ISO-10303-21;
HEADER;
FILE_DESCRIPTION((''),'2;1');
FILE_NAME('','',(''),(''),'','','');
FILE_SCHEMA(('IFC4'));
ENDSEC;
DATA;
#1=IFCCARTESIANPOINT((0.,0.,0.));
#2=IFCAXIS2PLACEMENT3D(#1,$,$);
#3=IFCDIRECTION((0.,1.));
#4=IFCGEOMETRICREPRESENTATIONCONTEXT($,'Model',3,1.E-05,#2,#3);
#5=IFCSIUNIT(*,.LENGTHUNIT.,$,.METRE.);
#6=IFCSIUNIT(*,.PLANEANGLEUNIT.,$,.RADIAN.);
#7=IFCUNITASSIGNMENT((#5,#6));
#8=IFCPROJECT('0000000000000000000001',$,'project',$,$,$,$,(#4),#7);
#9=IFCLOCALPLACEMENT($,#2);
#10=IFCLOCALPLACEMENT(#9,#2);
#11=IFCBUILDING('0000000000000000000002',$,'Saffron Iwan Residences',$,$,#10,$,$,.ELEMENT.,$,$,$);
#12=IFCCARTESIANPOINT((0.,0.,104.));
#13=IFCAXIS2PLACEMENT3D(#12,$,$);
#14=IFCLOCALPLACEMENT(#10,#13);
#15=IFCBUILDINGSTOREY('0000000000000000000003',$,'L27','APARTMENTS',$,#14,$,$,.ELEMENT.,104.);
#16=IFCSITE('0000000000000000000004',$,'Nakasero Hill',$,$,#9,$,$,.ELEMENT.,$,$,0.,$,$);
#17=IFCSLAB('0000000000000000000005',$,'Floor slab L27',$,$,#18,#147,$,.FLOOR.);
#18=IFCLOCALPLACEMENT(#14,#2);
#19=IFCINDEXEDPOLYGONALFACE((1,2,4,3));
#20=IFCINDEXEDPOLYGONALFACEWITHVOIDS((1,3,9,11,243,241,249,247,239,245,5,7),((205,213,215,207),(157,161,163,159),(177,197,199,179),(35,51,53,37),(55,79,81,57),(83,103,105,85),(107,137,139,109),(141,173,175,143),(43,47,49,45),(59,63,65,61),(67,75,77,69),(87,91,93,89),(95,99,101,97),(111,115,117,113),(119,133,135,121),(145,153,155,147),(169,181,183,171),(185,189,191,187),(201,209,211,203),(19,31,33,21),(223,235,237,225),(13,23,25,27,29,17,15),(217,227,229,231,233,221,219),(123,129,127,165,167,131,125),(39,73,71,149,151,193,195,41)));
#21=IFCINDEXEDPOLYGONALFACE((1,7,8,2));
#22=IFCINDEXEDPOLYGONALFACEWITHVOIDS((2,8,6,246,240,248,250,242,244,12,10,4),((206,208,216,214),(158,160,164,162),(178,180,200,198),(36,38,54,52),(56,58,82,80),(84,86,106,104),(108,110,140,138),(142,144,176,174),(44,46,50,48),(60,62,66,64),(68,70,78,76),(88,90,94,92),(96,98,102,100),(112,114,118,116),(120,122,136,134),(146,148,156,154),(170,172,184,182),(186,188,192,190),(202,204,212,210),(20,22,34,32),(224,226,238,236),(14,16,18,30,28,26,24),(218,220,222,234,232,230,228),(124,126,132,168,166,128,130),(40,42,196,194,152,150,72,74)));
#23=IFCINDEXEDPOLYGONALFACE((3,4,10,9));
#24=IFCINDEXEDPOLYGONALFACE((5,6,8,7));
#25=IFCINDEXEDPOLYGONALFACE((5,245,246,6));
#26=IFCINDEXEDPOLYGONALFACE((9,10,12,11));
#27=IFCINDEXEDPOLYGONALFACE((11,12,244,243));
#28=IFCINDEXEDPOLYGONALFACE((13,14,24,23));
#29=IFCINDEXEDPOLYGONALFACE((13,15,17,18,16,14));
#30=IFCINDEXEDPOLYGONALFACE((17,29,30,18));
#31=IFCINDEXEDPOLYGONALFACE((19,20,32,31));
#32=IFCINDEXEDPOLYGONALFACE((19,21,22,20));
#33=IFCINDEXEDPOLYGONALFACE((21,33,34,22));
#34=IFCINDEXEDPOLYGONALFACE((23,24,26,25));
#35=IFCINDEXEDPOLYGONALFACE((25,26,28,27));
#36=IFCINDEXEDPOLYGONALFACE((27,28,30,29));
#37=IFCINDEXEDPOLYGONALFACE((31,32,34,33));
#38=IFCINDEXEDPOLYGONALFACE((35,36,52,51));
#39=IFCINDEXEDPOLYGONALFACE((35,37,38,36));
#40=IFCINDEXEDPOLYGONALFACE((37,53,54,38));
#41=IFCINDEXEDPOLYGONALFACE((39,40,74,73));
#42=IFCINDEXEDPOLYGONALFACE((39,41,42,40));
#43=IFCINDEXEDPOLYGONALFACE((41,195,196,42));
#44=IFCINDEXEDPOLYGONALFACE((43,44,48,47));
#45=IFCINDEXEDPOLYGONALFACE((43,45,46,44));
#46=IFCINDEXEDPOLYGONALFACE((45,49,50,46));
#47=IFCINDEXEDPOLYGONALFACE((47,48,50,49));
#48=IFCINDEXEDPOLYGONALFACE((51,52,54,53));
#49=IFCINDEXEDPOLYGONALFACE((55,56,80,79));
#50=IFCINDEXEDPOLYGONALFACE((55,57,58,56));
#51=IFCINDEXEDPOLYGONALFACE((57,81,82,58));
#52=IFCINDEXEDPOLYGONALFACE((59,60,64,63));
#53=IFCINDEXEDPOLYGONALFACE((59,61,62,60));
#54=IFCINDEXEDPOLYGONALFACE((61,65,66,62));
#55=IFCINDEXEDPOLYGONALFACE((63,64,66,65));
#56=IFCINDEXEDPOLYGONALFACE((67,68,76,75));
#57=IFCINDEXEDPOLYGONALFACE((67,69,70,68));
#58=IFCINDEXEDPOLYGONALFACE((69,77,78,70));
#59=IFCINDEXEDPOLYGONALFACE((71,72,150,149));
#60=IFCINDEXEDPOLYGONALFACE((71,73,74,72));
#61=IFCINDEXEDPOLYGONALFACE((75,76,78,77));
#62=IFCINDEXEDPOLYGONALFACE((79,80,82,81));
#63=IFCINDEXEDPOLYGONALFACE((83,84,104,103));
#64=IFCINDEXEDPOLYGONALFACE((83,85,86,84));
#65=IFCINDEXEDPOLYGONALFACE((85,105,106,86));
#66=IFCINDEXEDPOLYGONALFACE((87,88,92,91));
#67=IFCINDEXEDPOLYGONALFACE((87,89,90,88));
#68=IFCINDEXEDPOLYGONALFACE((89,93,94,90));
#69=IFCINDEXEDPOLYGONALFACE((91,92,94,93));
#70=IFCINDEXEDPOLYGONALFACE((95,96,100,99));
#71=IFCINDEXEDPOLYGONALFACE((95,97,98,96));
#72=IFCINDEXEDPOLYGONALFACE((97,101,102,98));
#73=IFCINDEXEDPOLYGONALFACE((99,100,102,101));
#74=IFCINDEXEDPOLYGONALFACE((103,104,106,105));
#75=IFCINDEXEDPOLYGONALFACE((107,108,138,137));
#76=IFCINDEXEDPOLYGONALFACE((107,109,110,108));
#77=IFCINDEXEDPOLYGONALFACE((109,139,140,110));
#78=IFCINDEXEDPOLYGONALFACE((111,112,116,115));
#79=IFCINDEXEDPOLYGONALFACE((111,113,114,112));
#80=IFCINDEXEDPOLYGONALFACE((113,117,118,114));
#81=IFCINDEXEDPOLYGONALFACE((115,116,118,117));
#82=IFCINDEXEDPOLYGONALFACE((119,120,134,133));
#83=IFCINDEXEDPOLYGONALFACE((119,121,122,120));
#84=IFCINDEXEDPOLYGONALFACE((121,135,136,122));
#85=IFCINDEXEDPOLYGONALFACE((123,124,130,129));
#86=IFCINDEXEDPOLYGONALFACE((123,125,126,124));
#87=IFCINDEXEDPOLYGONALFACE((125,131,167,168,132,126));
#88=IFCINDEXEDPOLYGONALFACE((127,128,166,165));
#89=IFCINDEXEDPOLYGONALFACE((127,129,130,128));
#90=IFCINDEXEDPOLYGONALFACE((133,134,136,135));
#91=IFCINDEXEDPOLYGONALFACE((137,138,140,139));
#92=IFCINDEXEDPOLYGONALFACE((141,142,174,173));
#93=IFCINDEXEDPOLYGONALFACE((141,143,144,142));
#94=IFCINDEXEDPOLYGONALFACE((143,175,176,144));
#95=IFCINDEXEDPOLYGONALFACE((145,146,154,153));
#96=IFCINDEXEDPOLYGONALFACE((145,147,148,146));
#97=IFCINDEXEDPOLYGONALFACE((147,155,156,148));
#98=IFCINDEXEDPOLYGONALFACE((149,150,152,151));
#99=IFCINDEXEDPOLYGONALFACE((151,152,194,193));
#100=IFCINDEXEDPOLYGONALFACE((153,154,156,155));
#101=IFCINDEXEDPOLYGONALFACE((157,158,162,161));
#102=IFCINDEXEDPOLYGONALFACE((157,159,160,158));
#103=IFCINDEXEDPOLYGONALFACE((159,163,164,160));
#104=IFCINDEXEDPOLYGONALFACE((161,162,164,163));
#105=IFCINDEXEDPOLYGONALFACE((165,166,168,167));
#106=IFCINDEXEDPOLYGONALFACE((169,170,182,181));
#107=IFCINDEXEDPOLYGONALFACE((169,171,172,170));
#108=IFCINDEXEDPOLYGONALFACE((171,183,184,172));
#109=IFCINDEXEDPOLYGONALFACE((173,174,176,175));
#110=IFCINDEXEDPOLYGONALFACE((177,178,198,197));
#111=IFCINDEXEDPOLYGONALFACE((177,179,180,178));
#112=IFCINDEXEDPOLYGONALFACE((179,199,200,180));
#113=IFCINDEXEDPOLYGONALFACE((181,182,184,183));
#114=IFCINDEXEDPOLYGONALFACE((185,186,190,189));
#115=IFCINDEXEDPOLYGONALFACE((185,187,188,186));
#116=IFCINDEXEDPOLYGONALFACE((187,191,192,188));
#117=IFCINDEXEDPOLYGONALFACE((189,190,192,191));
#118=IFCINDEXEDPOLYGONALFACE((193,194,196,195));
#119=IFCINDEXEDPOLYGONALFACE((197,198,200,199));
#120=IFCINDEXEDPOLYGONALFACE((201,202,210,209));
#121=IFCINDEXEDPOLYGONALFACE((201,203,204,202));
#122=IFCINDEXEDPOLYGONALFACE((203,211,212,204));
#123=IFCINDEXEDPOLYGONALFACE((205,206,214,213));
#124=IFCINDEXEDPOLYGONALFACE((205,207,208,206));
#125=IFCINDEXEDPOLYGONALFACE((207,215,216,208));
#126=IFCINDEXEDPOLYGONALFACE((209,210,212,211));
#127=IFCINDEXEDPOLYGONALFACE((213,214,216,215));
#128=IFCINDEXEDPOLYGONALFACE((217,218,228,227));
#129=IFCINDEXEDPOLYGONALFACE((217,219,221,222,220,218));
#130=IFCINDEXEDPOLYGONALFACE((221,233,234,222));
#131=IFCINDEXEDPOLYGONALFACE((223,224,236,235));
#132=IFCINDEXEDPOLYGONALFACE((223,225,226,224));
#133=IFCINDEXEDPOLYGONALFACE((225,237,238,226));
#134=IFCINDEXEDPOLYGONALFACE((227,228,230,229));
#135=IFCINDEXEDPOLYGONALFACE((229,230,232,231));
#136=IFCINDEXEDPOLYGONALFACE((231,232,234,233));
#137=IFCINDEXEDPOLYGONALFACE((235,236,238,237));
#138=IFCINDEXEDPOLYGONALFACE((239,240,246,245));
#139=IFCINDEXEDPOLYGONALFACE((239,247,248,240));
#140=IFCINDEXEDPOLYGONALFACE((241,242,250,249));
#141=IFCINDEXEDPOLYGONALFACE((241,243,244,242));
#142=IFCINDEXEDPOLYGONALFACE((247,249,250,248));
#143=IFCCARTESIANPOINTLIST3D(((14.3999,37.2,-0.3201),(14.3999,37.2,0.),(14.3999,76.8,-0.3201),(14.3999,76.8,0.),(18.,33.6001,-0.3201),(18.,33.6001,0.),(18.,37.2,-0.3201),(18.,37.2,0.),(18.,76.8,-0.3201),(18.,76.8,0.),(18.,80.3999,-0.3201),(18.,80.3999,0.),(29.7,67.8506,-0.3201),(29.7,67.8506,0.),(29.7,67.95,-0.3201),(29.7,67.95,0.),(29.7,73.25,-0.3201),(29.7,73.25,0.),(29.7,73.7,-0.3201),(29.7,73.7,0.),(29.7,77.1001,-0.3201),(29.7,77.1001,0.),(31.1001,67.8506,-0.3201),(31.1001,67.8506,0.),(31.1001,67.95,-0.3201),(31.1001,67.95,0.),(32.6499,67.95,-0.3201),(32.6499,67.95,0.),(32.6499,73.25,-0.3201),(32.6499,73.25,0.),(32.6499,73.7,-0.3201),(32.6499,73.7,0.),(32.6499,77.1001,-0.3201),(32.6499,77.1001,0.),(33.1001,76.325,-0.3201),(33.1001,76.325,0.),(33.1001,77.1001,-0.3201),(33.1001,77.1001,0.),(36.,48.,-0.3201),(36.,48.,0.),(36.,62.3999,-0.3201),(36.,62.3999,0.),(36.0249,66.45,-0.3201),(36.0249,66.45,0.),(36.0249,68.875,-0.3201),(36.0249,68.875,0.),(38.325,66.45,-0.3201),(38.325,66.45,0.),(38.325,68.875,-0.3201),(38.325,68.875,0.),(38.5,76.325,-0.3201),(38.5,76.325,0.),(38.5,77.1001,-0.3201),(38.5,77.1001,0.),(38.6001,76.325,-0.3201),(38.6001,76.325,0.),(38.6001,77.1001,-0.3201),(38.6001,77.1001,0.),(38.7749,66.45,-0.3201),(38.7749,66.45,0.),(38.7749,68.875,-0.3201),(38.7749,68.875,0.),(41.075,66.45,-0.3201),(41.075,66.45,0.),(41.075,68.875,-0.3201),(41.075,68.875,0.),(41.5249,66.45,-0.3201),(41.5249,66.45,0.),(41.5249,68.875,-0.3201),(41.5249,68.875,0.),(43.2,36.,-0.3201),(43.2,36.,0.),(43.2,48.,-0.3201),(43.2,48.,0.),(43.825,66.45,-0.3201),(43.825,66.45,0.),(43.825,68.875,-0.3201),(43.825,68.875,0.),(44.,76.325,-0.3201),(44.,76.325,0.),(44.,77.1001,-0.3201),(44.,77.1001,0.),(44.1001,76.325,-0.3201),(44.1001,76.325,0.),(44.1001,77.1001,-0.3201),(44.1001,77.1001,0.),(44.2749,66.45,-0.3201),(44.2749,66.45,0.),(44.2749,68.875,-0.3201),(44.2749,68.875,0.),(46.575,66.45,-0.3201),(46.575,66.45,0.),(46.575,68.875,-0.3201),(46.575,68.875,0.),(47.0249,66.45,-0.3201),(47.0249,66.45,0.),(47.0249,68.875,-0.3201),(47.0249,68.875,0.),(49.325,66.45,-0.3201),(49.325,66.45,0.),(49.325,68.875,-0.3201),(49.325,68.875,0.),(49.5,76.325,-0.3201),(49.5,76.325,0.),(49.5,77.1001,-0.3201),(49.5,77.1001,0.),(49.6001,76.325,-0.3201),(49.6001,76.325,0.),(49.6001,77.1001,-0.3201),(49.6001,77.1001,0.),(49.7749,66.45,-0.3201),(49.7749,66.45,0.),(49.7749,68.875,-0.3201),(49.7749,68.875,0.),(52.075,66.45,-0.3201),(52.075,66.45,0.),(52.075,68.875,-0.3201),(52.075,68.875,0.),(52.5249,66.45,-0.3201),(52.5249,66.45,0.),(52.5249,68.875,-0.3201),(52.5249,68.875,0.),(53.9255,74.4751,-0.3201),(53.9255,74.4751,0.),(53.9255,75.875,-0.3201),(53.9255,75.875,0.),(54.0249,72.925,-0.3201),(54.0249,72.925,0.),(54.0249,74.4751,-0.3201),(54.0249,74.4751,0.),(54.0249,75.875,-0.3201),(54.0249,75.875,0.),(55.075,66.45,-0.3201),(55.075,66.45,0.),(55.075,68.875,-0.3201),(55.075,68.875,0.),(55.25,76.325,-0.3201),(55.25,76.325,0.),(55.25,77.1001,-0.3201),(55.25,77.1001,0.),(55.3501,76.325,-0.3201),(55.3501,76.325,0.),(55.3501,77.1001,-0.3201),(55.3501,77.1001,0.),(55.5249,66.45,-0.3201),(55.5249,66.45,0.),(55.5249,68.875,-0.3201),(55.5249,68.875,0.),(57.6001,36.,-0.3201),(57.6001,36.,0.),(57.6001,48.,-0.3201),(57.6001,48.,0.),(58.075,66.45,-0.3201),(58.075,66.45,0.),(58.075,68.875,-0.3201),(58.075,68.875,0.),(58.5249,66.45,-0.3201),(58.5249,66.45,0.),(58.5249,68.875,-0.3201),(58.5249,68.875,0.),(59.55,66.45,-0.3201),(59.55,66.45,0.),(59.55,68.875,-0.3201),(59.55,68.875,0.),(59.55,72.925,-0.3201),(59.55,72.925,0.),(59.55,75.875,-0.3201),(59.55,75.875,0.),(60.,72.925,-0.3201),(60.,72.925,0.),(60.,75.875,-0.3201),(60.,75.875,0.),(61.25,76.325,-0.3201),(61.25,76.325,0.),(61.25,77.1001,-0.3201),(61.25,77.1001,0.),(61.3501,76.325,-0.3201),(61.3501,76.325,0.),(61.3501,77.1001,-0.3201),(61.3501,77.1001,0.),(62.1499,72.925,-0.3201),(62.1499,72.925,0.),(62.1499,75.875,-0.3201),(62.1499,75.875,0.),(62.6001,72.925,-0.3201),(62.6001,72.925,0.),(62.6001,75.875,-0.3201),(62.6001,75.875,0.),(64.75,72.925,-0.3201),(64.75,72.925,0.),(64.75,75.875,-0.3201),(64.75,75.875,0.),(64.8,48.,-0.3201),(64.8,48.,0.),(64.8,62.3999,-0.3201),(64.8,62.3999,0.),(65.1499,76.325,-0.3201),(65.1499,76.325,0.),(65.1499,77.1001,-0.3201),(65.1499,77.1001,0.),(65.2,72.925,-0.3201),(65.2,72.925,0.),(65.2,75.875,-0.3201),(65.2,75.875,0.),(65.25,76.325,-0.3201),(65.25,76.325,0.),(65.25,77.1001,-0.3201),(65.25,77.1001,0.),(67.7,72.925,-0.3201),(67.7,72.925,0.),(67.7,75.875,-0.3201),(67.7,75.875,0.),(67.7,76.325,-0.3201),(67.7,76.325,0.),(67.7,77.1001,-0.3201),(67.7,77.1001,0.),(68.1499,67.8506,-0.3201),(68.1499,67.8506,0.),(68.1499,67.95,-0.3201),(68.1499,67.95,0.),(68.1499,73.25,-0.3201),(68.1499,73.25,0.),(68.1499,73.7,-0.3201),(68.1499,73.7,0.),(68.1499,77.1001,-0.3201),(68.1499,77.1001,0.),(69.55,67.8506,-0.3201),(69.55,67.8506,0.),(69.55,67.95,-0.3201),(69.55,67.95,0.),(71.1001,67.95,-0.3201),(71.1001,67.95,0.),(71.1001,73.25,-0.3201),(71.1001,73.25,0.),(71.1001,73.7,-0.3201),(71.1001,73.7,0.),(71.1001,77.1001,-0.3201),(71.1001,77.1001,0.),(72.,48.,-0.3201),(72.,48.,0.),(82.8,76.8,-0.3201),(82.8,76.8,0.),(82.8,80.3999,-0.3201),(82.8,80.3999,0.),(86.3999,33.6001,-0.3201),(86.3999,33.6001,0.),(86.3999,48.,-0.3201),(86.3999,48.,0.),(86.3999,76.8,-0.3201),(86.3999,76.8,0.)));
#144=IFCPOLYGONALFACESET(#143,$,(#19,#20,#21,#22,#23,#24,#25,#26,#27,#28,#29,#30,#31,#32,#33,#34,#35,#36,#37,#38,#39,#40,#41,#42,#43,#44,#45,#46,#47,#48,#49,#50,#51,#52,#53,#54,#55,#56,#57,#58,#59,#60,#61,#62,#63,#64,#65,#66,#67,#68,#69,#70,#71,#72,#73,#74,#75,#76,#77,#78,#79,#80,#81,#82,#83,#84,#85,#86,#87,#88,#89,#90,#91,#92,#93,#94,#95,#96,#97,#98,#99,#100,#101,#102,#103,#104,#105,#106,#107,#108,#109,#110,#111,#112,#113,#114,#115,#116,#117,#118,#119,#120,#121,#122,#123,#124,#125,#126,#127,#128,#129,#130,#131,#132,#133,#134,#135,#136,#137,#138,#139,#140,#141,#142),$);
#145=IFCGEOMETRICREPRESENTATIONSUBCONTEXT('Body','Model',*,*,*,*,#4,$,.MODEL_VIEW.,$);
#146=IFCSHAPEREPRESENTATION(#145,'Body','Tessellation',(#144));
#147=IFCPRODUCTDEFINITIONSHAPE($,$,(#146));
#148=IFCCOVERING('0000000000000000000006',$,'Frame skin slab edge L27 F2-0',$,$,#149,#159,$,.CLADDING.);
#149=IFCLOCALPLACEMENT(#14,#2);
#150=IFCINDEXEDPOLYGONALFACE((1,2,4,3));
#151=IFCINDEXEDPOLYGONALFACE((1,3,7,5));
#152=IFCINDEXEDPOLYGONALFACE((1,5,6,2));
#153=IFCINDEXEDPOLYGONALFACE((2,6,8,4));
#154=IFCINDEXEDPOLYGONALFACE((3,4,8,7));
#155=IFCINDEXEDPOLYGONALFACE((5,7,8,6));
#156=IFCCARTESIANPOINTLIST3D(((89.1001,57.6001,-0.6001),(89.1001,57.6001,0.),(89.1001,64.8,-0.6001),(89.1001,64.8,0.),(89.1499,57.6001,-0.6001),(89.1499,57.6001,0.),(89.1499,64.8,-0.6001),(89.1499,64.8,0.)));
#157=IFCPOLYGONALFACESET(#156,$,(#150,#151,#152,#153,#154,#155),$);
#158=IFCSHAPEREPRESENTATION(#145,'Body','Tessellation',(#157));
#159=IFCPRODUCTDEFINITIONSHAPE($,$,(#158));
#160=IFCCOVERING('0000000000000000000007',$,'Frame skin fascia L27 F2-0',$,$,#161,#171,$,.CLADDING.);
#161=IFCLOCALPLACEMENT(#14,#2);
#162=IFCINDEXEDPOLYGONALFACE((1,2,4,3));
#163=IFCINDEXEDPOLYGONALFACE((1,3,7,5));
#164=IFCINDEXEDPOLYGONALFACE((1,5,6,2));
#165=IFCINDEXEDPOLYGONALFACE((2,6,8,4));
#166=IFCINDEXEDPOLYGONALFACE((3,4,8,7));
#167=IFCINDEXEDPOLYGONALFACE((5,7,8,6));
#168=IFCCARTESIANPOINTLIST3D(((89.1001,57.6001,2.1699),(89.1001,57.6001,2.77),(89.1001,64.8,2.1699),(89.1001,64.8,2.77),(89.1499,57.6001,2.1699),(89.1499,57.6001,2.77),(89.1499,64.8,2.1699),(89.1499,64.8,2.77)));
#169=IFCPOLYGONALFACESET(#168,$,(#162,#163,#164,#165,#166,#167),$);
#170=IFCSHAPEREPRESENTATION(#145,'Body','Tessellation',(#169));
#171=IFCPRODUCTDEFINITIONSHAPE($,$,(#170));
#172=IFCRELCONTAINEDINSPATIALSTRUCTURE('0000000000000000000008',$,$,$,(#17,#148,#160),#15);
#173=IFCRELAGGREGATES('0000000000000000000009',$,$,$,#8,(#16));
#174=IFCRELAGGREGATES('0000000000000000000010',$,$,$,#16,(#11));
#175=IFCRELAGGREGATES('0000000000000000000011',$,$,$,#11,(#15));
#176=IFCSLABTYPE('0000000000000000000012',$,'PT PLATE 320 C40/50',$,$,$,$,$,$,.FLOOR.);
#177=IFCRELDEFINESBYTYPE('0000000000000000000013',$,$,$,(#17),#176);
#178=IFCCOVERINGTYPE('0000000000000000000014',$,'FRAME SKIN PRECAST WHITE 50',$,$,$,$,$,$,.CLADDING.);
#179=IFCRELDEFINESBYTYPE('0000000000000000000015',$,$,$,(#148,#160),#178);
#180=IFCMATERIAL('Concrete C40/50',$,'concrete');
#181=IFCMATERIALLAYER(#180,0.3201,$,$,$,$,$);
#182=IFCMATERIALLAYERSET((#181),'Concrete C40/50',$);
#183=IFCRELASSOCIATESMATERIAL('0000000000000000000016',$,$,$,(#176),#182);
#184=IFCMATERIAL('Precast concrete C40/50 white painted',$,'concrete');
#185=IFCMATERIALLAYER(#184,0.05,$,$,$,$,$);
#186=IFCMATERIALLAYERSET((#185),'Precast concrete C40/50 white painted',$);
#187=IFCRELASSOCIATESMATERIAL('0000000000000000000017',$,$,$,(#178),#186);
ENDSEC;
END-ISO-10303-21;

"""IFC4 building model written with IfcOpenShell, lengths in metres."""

from ifc_helpers import new_model, si_unit, direction, frame, origin, place, context, subcontext, project, spatial, polyline, outline, extrude, material, layer, layer_set, type_object, element, save


model = new_model("IFC4")

# Units and contexts
model_context = context("Model", 3, precision=1e-05, world=origin(), true_north=direction((0.0, 1.0)))
body_context = subcontext(model_context, "Body", "Model", "MODEL_VIEW")
ifc_project = project(units=[si_unit("LENGTHUNIT", "METRE"), si_unit("PLANEANGLEUNIT", "RADIAN")], contexts=[model_context])

# Site, building, storey
site_placement = place(None, origin())
site = spatial("IfcSite", under=ifc_project, at=site_placement, Name="Nakasero Hill", CompositionType="ELEMENT", RefElevation=0.0)
building_placement = place(site_placement, origin())
building = spatial("IfcBuilding", under=site, at=building_placement, Name="Saffron Iwan Residences", CompositionType="ELEMENT")
storey_placement = place(building_placement, frame((0.0, 0.0, 104.0)))
storey = spatial("IfcBuildingStorey", under=building, at=storey_placement, Name="L27", Description="APARTMENTS", CompositionType="ELEMENT", Elevation=104.0)

# Slab
ifc_material_1 = material(Name="Concrete C40/50", Category="concrete")
ifc_layer_1 = layer(ifc_material_1, 0.3201)
ifc_layer_set_1 = layer_set([ifc_layer_1], Name="Concrete C40/50")
slab_type_1 = type_object("IfcSlabType", Name="PT PLATE 320 C40/50", PredefinedType="FLOOR", material=ifc_layer_set_1)
slab_1_placement = place(storey_placement, frame((0.0, 0.0, -0.3201)))
element("IfcSlab", 1, at=slab_1_placement, inside=storey, type_object=slab_type_1, Name="Floor slab L27", PredefinedType="FLOOR", context=body_context, shape_type="SweptSolid", body=[
    extrude(outline(polyline([(14.3999, 37.2), (14.3999, 76.8), (18.0, 76.8), (18.0, 80.3999), (82.8, 80.3999), (82.8, 76.8), (86.3999, 76.8), (86.3999, 48.0), (72.0, 48.0), (86.3999, 33.6001), (18.0, 33.6001), (18.0, 37.2), (14.3999, 37.2)]), holes=[polyline([(64.8, 48.0), (64.8, 62.3999), (36.0, 62.3999), (36.0, 48.0), (43.2, 48.0), (43.2, 36.0), (57.6001, 36.0), (57.6001, 48.0), (64.8, 48.0)]), polyline([(38.325, 68.875), (36.0249, 68.875), (36.0249, 66.45), (38.325, 66.45), (38.325, 68.875)]), polyline([(41.075, 66.45), (41.075, 68.875), (38.7749, 68.875), (38.7749, 66.45), (41.075, 66.45)]), polyline([(43.825, 66.45), (43.825, 68.875), (41.5249, 68.875), (41.5249, 66.45), (43.825, 66.45)]), polyline([(46.575, 68.875), (44.2749, 68.875), (44.2749, 66.45), (46.575, 66.45), (46.575, 68.875)]), polyline([(49.325, 66.45), (49.325, 68.875), (47.0249, 68.875), (47.0249, 66.45), (49.325, 66.45)]), polyline([(52.075, 66.45), (52.075, 68.875), (49.7749, 68.875), (49.7749, 66.45), (52.075, 66.45)]), polyline([(29.7, 73.25), (29.7, 67.95), (29.7, 67.8506), (31.1001, 67.8506), (31.1001, 67.95), (32.6499, 67.95), (32.6499, 73.25), (29.7, 73.25)]), polyline([(32.6499, 73.7), (32.6499, 77.1001), (29.7, 77.1001), (29.7, 73.7), (32.6499, 73.7)]), polyline([(38.5, 76.325), (38.5, 77.1001), (33.1001, 77.1001), (33.1001, 76.325), (38.5, 76.325)]), polyline([(44.0, 77.1001), (38.6001, 77.1001), (38.6001, 76.325), (44.0, 76.325), (44.0, 77.1001)]), polyline([(49.5, 76.325), (49.5, 77.1001), (44.1001, 77.1001), (44.1001, 76.325), (49.5, 76.325)]), polyline([(55.25, 76.325), (55.25, 77.1001), (49.6001, 77.1001), (49.6001, 76.325), (55.25, 76.325)]), polyline([(55.075, 68.875), (52.5249, 68.875), (52.5249, 66.45), (55.075, 66.45), (55.075, 68.875)]), polyline([(58.075, 66.45), (58.075, 68.875), (55.5249, 68.875), (55.5249, 66.45), (58.075, 66.45)]), polyline([(59.55, 66.45), (59.55, 68.875), (58.5249, 68.875), (58.5249, 66.45), (59.55, 66.45)]), polyline([(68.1499, 73.25), (68.1499, 67.95), (68.1499, 67.8506), (69.55, 67.8506), (69.55, 67.95), (71.1001, 67.95), (71.1001, 73.25), (68.1499, 73.25)]), polyline([(53.9255, 74.4751), (54.0249, 74.4751), (54.0249, 72.925), (59.55, 72.925), (59.55, 75.875), (54.0249, 75.875), (53.9255, 75.875), (53.9255, 74.4751)]), polyline([(62.1499, 72.925), (62.1499, 75.875), (60.0, 75.875), (60.0, 72.925), (62.1499, 72.925)]), polyline([(64.75, 75.875), (62.6001, 75.875), (62.6001, 72.925), (64.75, 72.925), (64.75, 75.875)]), polyline([(67.7, 72.925), (67.7, 75.875), (65.2, 75.875), (65.2, 72.925), (67.7, 72.925)]), polyline([(71.1001, 73.7), (71.1001, 77.1001), (68.1499, 77.1001), (68.1499, 73.7), (71.1001, 73.7)]), polyline([(61.25, 77.1001), (55.3501, 77.1001), (55.3501, 76.325), (61.25, 76.325), (61.25, 77.1001)]), polyline([(65.1499, 76.325), (65.1499, 77.1001), (61.3501, 77.1001), (61.3501, 76.325), (65.1499, 76.325)]), polyline([(67.7, 76.325), (67.7, 77.1001), (65.25, 77.1001), (65.25, 76.325), (67.7, 76.325)])]), origin(), (0.0, 0.0, 1.0), 0.3201),
])

# Coverings
ifc_material_2 = material(Name="Precast concrete C40/50 white painted", Category="concrete")
ifc_layer_2 = layer(ifc_material_2, 0.05)
ifc_layer_set_2 = layer_set([ifc_layer_2], Name="Precast concrete C40/50 white painted")
covering_type_1 = type_object("IfcCoveringType", Name="FRAME SKIN PRECAST WHITE 50", PredefinedType="CLADDING", material=ifc_layer_set_2)
for number, where, name in (
    (2, (0.0, 0.0, -0.6001), "Frame skin slab edge L27 F2-0"),
    (3, (0.0, 0.0, 2.1699), "Frame skin fascia L27 F2-0"),
):
    element("IfcCovering", number, at=place(storey_placement, frame(where)), inside=storey, type_object=covering_type_1, Name=name, PredefinedType="CLADDING", context=body_context, shape_type="SweptSolid", body=[
        extrude(outline(polyline([(89.1499, 57.6001), (89.1499, 64.8), (89.1001, 64.8), (89.1001, 57.6001), (89.1499, 57.6001)])), origin(), (0.0, 0.0, 1.0), 0.6001),
    ])

save(model, "model.ifc")
